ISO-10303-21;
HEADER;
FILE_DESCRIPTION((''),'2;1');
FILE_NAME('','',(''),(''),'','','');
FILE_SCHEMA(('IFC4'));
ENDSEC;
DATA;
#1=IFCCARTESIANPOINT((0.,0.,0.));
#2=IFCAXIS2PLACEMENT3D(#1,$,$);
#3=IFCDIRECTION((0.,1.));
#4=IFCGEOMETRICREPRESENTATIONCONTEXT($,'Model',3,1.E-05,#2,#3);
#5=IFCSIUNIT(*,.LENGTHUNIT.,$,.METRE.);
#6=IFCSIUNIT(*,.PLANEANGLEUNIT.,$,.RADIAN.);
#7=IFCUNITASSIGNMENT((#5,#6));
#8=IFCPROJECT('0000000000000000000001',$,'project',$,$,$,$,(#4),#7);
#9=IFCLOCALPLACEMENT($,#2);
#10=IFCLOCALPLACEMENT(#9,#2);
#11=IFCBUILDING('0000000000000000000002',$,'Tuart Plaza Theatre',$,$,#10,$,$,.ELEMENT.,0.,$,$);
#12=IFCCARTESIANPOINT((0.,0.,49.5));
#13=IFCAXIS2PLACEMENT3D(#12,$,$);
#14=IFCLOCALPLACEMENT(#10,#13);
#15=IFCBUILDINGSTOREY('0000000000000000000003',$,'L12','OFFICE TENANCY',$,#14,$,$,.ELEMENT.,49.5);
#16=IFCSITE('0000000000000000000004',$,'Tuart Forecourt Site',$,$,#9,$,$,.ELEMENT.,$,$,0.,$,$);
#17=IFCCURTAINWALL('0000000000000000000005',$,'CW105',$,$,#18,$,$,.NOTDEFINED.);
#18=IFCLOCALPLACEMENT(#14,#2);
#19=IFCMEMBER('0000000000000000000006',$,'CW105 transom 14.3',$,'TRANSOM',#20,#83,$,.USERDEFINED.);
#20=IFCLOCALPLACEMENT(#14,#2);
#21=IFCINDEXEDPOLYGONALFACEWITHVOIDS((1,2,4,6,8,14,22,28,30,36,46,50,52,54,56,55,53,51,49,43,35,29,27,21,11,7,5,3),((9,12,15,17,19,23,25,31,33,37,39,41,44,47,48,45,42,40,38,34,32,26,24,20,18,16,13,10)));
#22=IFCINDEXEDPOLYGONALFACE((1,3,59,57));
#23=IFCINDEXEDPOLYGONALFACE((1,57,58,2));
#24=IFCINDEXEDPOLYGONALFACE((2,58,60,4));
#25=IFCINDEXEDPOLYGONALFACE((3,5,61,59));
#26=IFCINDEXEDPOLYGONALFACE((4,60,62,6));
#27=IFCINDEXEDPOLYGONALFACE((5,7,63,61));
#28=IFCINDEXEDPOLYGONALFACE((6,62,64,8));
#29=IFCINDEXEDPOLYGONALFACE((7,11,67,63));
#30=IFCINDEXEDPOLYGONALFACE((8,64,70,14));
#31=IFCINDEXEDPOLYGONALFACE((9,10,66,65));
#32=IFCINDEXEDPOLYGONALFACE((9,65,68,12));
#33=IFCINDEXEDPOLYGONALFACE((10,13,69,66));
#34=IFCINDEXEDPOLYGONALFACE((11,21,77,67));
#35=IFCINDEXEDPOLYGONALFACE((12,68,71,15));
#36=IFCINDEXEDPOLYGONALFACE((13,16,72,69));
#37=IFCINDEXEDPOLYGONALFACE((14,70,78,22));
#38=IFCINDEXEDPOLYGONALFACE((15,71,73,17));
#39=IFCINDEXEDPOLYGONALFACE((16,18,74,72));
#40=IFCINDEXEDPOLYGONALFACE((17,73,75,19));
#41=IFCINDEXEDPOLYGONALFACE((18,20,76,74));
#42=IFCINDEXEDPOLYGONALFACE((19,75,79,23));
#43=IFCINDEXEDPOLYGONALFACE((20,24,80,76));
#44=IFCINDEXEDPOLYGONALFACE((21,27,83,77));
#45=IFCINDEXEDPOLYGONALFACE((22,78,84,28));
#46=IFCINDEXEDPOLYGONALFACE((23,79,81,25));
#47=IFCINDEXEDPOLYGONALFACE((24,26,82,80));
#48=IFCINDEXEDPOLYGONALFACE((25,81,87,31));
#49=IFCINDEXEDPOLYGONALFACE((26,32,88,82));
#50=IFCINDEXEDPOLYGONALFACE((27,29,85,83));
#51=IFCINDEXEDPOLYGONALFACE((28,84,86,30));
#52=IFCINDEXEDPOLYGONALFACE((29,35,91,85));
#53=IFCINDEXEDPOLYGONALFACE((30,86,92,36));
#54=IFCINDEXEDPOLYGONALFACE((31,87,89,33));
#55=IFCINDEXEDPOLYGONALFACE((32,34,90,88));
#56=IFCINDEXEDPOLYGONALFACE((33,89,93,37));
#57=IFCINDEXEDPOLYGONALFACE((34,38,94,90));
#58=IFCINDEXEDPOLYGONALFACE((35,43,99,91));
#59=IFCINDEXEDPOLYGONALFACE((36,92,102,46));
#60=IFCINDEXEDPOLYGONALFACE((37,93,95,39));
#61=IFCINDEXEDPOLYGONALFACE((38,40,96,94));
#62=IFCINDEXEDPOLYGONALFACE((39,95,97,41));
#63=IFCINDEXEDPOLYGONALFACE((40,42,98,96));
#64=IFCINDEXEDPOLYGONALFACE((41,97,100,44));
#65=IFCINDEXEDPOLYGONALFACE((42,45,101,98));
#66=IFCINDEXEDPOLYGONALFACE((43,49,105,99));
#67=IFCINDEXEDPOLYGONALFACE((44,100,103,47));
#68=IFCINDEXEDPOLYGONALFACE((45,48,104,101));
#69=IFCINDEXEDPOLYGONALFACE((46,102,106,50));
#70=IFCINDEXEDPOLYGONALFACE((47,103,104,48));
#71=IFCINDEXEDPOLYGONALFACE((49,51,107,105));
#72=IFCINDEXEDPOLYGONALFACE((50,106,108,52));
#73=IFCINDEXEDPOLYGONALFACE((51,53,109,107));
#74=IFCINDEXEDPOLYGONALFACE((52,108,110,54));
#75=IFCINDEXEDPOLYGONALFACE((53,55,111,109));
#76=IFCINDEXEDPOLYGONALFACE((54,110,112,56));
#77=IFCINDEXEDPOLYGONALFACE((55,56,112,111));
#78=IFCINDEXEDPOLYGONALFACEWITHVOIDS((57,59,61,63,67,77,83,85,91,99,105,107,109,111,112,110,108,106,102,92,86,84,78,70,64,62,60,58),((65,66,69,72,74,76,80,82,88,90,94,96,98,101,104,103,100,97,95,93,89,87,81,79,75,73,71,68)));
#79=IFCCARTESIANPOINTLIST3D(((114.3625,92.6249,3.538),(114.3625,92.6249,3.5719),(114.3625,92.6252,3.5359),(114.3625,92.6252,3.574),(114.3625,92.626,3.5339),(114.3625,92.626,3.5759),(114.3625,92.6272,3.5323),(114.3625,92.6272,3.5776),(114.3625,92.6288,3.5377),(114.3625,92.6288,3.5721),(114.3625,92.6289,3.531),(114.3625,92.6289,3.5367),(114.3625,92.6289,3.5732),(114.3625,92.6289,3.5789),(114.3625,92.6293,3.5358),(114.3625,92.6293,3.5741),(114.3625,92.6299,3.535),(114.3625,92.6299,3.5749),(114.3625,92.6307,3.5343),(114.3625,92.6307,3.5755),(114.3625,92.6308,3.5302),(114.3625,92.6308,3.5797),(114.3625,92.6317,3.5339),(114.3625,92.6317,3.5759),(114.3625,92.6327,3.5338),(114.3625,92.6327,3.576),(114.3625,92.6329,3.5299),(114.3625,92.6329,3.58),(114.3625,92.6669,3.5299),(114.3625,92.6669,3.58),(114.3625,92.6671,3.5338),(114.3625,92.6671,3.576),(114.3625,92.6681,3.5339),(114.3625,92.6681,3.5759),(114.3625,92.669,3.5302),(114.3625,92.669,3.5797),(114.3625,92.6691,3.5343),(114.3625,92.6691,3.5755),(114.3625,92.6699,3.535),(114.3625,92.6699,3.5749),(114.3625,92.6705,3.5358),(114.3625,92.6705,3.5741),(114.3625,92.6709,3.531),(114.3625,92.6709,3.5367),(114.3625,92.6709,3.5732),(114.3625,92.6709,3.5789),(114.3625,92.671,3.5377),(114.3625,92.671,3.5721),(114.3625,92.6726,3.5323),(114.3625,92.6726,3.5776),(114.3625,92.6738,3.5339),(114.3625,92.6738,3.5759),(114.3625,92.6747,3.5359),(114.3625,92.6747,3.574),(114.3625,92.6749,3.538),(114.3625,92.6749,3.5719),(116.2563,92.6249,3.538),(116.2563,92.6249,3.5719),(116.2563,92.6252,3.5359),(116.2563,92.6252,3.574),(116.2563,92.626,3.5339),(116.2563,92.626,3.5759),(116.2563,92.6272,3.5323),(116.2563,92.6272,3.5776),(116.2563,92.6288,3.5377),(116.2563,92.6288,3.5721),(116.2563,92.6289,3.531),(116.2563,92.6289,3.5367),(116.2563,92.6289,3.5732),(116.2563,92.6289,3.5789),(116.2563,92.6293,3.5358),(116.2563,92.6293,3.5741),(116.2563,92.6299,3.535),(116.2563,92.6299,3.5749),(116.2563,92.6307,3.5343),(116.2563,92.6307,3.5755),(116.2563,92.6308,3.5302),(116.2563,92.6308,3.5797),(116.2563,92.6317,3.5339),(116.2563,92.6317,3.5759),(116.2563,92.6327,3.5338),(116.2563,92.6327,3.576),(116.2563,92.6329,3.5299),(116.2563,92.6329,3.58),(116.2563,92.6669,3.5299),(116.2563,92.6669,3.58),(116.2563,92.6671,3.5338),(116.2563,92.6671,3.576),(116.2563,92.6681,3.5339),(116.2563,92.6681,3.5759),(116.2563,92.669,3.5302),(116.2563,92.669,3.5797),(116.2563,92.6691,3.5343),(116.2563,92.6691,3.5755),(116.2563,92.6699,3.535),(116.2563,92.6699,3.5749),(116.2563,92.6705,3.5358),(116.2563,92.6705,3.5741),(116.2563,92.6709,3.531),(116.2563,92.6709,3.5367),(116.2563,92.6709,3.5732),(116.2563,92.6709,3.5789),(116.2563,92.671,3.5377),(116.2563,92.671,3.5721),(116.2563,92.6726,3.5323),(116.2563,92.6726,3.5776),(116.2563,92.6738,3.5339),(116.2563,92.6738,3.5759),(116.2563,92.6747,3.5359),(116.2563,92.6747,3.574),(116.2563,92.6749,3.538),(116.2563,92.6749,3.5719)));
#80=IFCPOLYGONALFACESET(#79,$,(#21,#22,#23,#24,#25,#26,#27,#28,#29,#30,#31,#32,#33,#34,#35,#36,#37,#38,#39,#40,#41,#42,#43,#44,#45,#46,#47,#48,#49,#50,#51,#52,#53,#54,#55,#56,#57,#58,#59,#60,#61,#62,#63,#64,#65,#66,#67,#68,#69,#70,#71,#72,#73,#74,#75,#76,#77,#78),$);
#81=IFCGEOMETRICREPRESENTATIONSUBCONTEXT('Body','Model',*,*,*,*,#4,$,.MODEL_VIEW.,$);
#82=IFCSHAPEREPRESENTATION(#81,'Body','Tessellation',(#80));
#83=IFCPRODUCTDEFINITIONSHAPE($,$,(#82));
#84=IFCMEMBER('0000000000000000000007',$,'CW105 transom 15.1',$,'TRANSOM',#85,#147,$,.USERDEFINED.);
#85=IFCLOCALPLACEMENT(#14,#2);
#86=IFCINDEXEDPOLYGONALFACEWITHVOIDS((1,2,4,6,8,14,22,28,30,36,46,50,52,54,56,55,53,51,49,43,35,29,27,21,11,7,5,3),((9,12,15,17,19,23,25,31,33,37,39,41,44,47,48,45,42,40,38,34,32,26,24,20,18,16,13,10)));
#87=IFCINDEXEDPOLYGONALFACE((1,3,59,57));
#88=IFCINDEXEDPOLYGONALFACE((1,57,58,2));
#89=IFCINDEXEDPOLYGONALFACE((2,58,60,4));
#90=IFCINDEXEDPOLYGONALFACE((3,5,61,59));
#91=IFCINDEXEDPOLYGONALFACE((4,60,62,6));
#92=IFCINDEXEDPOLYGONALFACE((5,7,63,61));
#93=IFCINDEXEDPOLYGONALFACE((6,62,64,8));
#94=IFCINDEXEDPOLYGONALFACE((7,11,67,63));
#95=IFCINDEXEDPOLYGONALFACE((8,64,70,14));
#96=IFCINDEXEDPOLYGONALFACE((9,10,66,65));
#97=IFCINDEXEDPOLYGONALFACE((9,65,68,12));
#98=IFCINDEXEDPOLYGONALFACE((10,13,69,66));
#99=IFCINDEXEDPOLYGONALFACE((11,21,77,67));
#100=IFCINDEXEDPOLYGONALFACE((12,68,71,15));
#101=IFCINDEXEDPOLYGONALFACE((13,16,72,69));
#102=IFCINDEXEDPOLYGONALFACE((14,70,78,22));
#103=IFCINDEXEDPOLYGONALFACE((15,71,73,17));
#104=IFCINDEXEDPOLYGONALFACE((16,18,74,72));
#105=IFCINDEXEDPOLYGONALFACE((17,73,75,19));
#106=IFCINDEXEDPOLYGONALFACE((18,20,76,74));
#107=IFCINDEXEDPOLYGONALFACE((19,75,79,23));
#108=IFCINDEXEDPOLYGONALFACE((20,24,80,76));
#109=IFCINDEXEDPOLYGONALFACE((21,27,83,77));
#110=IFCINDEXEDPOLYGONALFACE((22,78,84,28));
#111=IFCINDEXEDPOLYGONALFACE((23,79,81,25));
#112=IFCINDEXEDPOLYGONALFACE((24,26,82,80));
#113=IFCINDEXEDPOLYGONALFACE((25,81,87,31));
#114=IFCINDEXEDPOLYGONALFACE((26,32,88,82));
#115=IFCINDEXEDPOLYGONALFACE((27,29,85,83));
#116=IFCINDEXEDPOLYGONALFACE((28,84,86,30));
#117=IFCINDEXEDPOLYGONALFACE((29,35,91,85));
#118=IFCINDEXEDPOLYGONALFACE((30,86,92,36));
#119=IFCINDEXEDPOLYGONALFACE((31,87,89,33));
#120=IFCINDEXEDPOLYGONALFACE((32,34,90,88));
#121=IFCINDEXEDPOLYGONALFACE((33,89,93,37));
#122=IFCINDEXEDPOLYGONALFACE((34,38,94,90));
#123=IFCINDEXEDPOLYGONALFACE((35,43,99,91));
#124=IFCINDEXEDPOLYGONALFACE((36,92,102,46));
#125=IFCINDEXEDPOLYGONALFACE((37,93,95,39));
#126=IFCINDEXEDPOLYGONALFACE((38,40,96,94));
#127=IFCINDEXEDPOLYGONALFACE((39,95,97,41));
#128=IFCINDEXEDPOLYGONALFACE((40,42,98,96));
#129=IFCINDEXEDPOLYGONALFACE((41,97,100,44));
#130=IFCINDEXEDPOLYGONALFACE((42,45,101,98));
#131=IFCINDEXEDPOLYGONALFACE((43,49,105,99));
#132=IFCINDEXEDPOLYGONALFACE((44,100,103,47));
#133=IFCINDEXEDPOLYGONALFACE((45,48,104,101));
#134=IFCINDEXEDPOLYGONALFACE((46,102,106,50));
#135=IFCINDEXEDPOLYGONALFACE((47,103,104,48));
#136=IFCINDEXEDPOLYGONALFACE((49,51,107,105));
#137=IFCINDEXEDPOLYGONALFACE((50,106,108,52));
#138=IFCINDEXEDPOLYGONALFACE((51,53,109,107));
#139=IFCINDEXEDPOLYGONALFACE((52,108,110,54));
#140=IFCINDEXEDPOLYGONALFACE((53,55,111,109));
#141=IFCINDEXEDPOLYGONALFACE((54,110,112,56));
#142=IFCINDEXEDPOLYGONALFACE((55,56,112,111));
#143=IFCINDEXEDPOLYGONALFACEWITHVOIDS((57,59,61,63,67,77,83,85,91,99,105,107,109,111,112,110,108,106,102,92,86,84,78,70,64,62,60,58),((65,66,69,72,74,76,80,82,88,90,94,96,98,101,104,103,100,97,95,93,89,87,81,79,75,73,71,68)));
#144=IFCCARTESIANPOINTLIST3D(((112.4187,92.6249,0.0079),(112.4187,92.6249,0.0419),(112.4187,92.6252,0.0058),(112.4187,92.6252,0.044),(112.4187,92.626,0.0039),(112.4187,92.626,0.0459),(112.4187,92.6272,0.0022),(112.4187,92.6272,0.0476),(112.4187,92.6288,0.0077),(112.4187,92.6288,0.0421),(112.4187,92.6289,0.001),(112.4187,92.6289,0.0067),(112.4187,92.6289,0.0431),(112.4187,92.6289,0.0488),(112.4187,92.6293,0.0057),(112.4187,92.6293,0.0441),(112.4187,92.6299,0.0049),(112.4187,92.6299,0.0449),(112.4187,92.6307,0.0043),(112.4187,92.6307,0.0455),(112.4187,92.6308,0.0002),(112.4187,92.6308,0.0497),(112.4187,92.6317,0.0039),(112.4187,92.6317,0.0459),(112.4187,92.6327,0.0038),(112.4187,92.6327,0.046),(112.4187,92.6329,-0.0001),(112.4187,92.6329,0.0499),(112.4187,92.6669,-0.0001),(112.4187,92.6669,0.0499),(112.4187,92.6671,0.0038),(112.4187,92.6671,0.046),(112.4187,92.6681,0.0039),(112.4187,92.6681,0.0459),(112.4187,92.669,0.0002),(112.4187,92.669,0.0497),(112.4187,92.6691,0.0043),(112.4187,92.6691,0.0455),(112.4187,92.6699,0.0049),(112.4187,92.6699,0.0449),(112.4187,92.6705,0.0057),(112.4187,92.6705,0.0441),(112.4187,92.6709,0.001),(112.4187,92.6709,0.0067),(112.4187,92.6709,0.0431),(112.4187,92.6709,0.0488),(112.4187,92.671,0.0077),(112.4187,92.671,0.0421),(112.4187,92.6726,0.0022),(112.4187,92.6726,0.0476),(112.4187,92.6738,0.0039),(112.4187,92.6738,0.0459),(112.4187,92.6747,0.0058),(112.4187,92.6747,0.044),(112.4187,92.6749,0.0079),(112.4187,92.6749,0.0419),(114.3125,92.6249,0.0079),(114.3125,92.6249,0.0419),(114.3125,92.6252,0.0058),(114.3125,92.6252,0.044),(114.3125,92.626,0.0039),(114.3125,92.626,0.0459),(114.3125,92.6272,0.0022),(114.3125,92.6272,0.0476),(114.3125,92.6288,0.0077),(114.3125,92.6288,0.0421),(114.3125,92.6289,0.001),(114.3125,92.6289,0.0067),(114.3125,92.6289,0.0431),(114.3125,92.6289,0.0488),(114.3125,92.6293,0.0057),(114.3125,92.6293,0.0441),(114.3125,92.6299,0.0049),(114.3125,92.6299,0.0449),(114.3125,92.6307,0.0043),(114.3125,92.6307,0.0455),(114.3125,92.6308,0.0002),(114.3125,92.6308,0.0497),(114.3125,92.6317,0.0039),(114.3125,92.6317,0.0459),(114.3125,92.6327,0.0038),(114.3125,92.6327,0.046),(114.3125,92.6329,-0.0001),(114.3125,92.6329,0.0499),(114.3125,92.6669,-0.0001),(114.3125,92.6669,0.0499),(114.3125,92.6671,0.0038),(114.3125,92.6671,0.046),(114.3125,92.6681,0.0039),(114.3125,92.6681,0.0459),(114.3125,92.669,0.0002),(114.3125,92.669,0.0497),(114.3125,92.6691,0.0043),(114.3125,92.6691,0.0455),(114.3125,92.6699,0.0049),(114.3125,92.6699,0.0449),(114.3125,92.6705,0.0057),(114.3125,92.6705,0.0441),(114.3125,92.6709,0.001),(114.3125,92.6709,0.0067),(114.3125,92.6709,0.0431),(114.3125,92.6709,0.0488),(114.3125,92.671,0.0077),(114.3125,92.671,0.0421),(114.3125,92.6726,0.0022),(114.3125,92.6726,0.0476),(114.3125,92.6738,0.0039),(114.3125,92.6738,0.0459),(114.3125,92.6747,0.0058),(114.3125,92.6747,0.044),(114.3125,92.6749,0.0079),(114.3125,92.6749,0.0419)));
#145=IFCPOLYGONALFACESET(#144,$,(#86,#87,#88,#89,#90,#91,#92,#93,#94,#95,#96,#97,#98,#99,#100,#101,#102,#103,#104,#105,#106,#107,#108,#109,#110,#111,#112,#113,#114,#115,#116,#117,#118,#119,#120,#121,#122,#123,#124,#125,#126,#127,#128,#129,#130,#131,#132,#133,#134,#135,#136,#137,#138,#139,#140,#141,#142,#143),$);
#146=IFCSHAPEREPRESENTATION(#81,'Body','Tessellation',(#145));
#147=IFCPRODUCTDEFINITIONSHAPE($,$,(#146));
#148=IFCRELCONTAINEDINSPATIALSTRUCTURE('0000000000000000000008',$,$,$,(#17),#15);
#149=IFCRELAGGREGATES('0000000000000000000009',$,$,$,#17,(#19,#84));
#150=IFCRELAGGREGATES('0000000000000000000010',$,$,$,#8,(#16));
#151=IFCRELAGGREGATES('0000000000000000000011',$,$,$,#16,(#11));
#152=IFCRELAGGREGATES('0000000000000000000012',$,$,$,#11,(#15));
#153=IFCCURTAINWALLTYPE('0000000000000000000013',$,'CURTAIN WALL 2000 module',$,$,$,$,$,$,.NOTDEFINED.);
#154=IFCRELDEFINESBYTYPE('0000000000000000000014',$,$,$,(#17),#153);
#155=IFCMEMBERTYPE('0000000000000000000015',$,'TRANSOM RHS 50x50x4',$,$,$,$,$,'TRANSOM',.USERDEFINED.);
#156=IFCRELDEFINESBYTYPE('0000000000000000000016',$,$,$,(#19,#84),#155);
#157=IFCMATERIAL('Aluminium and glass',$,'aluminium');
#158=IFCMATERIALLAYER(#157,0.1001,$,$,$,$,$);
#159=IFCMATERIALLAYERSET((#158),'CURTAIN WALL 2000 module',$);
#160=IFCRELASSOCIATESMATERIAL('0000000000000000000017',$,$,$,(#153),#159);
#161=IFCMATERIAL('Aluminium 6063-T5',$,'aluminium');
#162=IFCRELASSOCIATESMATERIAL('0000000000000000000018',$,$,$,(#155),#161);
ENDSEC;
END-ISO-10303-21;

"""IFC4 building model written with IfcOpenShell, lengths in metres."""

from ifc_helpers import new_model, si_unit, direction, frame, origin, origin_2d, place, context, subcontext, project, spatial, hollow_rectangle, extrude, material, layer, layer_set, material_profile, profile_set, type_object, element, aggregate, save


model = new_model("IFC4")

# Units and contexts
model_context = context("Model", 3, precision=1e-05, world=origin(), true_north=direction((0.0, 1.0)))
body_context = subcontext(model_context, "Body", "Model", "MODEL_VIEW")
ifc_project = project(units=[si_unit("LENGTHUNIT", "METRE"), si_unit("PLANEANGLEUNIT", "RADIAN")], contexts=[model_context])

# Site, building, storey
site_placement = place(None, origin())
site = spatial("IfcSite", under=ifc_project, at=site_placement, Name="Tuart Forecourt Site", CompositionType="ELEMENT", RefElevation=0.0)
building_placement = place(site_placement, origin())
building = spatial("IfcBuilding", under=site, at=building_placement, Name="Tuart Plaza Theatre", CompositionType="ELEMENT", ElevationOfRefHeight=0.0)
storey_placement = place(building_placement, frame((0.0, 0.0, 49.5)))
storey = spatial("IfcBuildingStorey", under=building, at=storey_placement, Name="L12", Description="OFFICE TENANCY", CompositionType="ELEMENT", Elevation=49.5)

# Curtain wall, members
ifc_material_1 = material(Name="Aluminium and glass", Category="aluminium")
ifc_layer_1 = layer(ifc_material_1, 0.1001)
ifc_layer_set_1 = layer_set([ifc_layer_1], Name="CURTAIN WALL 2000 module")
curtain_wall_type = type_object("IfcCurtainWallType", Name="CURTAIN WALL 2000 module", PredefinedType="NOTDEFINED", material=ifc_layer_set_1)
curtain_wall_placement = place(storey_placement, origin())
curtain_wall = element("IfcCurtainWall", 1, at=curtain_wall_placement, inside=storey, type_object=curtain_wall_type, Name="CW105", PredefinedType="NOTDEFINED")
ifc_material_2 = material(Name="Aluminium 6063-T5", Category="aluminium")
ifc_material_profile_1 = material_profile(ifc_material_2, hollow_rectangle(XDim=0.05, YDim=0.05, WallThickness=0.0039, InnerFilletRadius=0.0039, OuterFilletRadius=0.0081, at=origin_2d()), Name="RHS 50x50x4")
ifc_profile_set_1 = profile_set([ifc_material_profile_1], Name="Aluminium 6063-T5")
member_type_1 = type_object("IfcMemberType", Name="TRANSOM RHS 50x50x4", ElementType="TRANSOM", PredefinedType="USERDEFINED", material=ifc_profile_set_1)
member_1_placement = place(storey_placement, frame((116.2563, 92.6499, 3.5549), z_axis=(-1.0, 0.0, 0.0), x_axis=(0.0, -1.0, 0.0)))
member_1 = element("IfcMember", 2, at=member_1_placement, type_object=member_type_1, Name="CW105 transom 14.3", ObjectType="TRANSOM", PredefinedType="USERDEFINED", context=body_context, shape_type="SweptSolid", body=[
    extrude(hollow_rectangle(XDim=0.05, YDim=0.05, WallThickness=0.0039, InnerFilletRadius=0.0039, OuterFilletRadius=0.0081, at=origin_2d()), origin(), (0.0, 0.0, 1.0), 1.8938),
])
member_2_placement = place(storey_placement, frame((114.3125, 92.6499, 0.0249), z_axis=(-1.0, 0.0, 0.0), x_axis=(0.0, -1.0, 0.0)))
member_2 = element("IfcMember", 3, at=member_2_placement, type_object=member_type_1, Name="CW105 transom 15.1", ObjectType="TRANSOM", PredefinedType="USERDEFINED", context=body_context, shape_type="SweptSolid", body=[
    extrude(hollow_rectangle(XDim=0.05, YDim=0.05, WallThickness=0.0039, InnerFilletRadius=0.0039, OuterFilletRadius=0.0081, at=origin_2d()), origin(), (0.0, 0.0, 1.0), 1.8938),
])
aggregate(curtain_wall, [member_1, member_2])

save(model, "model.ifc")
